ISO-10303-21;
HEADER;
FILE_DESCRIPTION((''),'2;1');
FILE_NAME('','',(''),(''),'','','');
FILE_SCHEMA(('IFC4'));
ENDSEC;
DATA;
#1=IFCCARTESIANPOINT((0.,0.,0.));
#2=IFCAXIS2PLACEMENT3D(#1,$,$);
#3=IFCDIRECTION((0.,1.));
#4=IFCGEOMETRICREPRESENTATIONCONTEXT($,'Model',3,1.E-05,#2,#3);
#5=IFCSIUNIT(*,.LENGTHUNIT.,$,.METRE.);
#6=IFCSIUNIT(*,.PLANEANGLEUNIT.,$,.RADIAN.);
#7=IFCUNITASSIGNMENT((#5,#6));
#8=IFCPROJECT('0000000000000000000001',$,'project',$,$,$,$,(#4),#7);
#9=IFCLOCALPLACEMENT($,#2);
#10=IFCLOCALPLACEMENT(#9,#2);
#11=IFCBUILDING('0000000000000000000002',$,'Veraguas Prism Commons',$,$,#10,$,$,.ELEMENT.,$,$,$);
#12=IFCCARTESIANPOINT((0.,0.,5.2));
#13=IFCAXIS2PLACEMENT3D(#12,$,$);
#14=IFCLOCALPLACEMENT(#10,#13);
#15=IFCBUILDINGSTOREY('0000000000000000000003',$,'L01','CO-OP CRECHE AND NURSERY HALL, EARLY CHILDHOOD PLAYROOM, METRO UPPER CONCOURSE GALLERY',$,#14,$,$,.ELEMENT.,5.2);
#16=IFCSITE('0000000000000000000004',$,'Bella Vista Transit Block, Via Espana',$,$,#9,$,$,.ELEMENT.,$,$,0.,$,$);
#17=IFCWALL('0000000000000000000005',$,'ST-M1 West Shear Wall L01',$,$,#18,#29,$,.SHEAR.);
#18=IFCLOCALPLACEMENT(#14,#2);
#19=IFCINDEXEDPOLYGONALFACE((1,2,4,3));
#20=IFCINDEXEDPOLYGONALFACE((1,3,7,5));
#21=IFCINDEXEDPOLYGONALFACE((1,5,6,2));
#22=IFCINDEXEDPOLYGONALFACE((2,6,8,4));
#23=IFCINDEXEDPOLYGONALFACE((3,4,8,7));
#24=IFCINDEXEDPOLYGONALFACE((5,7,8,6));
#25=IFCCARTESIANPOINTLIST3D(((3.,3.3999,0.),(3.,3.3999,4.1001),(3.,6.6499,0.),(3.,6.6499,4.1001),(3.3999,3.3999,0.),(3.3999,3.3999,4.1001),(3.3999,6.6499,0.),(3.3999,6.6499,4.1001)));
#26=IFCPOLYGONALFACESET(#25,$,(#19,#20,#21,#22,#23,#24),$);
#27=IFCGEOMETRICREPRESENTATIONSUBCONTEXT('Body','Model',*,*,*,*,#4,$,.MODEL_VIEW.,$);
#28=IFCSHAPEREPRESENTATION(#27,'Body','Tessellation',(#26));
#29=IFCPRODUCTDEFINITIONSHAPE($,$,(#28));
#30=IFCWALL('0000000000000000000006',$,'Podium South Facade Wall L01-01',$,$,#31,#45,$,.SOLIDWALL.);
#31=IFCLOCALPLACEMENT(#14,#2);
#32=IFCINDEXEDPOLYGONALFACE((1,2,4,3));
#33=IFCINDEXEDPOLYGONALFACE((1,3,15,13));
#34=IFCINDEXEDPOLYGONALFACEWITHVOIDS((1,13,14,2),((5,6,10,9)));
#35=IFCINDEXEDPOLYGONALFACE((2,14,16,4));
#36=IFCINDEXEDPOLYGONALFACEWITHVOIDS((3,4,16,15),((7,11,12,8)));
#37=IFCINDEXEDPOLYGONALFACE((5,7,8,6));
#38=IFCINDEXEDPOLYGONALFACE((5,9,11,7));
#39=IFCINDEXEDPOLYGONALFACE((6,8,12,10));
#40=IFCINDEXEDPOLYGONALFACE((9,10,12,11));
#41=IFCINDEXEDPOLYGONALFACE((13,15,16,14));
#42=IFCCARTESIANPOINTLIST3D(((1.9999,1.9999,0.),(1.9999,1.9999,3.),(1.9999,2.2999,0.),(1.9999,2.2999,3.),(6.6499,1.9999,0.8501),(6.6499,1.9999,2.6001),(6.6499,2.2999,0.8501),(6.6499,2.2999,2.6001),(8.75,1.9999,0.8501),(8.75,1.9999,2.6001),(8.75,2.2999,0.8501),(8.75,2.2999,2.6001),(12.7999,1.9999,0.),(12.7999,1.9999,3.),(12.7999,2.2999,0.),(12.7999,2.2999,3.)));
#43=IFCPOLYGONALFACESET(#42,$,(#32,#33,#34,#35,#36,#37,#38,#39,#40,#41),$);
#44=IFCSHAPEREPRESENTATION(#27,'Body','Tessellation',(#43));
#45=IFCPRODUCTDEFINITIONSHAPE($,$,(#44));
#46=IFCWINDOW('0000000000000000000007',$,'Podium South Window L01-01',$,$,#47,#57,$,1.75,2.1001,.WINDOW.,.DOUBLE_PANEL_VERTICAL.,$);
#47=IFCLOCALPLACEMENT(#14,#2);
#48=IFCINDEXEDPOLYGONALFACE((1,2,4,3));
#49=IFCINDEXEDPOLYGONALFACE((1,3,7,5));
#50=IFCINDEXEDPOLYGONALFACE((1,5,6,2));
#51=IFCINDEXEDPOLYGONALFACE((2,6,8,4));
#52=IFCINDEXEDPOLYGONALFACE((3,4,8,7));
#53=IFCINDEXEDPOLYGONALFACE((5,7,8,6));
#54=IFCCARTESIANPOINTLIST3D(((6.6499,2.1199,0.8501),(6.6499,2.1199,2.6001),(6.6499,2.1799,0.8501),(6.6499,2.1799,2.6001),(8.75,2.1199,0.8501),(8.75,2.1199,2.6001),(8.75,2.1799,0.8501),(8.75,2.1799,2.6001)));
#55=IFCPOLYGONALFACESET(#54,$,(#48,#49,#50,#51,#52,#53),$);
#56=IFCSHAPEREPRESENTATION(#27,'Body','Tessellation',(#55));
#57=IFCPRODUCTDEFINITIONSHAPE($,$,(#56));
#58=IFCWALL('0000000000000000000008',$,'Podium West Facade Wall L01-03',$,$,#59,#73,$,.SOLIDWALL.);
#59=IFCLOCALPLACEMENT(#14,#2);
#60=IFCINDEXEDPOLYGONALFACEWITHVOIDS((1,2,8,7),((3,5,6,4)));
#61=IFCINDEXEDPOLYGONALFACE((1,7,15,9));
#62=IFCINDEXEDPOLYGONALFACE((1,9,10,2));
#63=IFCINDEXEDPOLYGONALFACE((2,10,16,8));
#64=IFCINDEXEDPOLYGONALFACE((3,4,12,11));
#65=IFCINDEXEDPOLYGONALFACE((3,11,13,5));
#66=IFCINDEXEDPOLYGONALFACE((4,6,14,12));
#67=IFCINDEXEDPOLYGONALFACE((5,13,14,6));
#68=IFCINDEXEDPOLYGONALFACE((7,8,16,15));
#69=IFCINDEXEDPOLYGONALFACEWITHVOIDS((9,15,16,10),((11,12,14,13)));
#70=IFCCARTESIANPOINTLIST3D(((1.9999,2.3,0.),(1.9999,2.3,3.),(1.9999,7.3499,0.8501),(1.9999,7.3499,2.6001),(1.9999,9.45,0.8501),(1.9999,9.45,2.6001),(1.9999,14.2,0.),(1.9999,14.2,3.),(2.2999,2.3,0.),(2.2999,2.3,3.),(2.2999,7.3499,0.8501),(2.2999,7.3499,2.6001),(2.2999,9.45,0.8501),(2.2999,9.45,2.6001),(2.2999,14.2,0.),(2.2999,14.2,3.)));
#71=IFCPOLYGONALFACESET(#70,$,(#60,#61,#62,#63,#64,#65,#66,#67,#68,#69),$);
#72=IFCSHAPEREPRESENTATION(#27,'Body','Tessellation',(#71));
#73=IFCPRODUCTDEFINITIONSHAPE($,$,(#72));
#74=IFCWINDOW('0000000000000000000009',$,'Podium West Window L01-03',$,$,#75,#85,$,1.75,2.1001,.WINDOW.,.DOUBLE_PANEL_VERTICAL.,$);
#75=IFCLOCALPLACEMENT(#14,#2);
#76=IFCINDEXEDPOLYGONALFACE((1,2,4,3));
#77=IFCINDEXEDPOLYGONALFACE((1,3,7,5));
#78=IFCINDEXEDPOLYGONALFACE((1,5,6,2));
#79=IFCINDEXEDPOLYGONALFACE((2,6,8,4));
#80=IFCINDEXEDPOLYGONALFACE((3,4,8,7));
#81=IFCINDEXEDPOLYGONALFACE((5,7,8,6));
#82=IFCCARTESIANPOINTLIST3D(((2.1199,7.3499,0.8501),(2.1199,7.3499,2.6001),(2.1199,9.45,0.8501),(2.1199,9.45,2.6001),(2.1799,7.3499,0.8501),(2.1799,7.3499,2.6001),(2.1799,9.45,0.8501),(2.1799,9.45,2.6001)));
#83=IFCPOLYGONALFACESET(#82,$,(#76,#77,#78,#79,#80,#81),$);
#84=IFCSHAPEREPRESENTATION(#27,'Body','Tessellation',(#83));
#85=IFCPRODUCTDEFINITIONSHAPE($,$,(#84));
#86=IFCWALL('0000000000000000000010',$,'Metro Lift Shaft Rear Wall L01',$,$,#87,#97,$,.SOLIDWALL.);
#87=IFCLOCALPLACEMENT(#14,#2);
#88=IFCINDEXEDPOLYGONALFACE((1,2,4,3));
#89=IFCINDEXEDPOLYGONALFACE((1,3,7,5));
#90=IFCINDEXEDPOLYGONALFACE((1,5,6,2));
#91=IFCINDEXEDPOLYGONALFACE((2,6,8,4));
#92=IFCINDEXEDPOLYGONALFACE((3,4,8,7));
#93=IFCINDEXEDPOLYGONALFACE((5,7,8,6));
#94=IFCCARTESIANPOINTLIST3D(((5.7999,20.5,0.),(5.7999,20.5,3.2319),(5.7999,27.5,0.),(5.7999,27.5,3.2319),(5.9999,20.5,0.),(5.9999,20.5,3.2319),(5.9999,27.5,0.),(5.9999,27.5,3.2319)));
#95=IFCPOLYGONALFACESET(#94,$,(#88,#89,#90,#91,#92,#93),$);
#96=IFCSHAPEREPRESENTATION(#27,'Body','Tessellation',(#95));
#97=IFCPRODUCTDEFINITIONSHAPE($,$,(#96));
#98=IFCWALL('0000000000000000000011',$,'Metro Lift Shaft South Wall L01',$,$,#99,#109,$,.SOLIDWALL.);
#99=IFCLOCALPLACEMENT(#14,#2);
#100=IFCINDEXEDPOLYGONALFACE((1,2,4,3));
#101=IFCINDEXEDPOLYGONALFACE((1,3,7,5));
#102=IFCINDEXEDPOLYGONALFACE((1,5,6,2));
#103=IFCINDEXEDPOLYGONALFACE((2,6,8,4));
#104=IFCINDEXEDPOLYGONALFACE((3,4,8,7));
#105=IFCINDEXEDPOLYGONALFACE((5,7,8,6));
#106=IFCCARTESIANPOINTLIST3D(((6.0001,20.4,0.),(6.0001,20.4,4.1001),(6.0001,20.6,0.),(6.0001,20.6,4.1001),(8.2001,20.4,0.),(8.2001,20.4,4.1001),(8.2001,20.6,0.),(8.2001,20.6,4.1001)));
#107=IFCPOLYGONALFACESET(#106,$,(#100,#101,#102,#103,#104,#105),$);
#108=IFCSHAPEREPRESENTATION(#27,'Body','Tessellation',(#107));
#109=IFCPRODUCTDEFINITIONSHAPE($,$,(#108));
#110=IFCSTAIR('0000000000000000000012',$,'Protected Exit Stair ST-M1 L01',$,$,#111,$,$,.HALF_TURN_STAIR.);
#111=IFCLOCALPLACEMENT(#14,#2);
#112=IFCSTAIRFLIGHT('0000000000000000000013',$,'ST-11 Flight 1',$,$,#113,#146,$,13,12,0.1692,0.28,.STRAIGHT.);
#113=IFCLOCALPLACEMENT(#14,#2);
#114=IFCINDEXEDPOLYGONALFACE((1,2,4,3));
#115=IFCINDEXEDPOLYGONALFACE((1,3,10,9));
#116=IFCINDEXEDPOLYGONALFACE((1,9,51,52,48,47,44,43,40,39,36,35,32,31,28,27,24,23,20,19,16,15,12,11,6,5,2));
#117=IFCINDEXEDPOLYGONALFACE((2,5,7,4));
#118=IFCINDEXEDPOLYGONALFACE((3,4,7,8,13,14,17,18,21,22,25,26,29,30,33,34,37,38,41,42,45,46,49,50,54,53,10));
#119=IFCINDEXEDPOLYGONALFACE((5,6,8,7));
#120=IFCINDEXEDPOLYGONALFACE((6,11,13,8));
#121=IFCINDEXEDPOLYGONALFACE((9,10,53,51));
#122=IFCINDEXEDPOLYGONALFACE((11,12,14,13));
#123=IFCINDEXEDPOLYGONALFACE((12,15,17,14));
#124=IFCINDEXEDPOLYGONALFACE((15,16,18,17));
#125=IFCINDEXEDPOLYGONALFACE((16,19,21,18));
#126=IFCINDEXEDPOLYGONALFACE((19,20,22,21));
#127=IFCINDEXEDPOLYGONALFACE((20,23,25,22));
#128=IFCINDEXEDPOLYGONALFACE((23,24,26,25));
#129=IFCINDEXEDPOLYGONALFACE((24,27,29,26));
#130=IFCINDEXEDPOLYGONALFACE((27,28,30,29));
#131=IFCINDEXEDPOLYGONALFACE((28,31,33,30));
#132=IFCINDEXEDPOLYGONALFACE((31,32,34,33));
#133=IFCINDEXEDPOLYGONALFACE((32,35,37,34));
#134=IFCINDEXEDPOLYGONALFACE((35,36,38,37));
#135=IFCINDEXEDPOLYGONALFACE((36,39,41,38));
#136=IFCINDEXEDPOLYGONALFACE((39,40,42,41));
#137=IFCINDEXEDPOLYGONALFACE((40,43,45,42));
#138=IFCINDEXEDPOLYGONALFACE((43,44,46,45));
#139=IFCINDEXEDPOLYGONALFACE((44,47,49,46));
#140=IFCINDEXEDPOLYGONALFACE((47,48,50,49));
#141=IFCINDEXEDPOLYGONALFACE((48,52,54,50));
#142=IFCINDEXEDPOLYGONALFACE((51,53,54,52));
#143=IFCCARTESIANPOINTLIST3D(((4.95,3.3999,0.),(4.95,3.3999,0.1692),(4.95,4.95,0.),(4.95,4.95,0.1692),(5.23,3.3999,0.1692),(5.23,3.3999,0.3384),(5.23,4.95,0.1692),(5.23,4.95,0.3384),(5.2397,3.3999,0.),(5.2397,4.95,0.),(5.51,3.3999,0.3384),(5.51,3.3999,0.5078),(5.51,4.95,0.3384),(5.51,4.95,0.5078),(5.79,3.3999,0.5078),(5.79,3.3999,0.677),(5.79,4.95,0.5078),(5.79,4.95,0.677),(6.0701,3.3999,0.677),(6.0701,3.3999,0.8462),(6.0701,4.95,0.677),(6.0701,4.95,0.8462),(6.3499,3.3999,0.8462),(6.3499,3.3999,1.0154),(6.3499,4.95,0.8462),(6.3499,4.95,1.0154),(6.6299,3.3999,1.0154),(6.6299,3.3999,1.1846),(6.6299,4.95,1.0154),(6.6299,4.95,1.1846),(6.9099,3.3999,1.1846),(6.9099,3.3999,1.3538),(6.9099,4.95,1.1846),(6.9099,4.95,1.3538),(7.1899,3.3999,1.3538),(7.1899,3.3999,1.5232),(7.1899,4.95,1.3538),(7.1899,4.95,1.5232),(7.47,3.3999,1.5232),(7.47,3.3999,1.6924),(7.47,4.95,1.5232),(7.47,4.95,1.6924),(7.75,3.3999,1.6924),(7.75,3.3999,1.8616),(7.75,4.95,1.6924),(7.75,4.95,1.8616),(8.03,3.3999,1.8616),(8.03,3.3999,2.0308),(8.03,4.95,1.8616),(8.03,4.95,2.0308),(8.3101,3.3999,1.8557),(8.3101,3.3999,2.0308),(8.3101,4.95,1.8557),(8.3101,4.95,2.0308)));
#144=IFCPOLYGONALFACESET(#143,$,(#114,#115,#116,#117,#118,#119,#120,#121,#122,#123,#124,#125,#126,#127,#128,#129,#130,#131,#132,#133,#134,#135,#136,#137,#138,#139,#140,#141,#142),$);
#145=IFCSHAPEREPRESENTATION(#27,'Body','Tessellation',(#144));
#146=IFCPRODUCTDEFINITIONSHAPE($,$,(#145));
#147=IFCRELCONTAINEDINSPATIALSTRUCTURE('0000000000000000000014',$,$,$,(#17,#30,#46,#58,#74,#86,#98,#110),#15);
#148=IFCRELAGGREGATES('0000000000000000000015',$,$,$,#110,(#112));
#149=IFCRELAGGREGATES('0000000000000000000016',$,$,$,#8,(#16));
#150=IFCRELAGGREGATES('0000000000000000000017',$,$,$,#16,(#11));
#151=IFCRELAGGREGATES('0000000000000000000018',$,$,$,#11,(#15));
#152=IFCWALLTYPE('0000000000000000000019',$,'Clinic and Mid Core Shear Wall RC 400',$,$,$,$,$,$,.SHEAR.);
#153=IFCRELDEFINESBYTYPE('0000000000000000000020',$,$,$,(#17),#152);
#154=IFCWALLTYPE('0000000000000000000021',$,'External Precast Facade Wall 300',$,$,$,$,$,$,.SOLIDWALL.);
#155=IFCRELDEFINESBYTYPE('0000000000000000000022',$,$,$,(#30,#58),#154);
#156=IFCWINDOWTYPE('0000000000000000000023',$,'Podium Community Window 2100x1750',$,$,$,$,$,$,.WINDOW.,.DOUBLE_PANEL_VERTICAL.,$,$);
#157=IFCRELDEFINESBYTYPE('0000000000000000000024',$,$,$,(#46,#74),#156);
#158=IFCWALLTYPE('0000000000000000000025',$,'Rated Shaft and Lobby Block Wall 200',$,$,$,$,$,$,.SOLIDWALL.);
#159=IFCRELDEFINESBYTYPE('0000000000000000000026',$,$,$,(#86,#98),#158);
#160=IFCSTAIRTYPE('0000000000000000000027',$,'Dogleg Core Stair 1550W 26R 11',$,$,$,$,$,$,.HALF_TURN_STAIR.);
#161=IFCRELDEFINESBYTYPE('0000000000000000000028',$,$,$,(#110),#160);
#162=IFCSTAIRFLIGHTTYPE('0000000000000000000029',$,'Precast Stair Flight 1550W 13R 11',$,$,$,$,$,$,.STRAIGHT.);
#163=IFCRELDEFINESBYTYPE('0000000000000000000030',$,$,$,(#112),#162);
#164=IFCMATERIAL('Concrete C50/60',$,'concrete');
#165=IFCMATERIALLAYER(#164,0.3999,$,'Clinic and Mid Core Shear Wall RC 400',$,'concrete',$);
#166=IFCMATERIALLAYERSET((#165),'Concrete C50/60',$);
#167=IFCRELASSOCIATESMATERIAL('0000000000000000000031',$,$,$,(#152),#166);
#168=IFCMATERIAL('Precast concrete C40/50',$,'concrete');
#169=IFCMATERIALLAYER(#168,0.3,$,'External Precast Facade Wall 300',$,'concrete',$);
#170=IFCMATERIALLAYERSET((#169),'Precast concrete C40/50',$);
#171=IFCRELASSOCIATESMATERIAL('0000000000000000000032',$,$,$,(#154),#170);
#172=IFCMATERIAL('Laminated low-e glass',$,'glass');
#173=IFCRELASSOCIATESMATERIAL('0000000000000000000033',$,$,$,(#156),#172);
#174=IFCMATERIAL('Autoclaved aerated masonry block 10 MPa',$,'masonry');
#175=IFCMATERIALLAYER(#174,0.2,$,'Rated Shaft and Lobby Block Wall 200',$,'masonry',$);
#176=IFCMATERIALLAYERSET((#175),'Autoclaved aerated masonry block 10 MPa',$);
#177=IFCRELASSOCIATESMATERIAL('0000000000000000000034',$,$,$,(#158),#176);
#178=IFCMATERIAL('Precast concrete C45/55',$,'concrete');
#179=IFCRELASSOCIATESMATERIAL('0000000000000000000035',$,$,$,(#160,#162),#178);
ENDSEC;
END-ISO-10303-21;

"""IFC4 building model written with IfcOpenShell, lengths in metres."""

from ifc_helpers import new_model, si_unit, direction, frame, frame_2d, origin, place, context, subcontext, project, spatial, polyline, rectangle, outline, extrude, source, transform, mapped, material, layer, layer_set, type_object, element, fill, aggregate, save


model = new_model("IFC4")

# Units and contexts
model_context = context("Model", 3, precision=1e-05, world=origin(), true_north=direction((0.0, 1.0)))
body_context = subcontext(model_context, "Body", "Model", "MODEL_VIEW")
ifc_project = project(units=[si_unit("LENGTHUNIT", "METRE"), si_unit("PLANEANGLEUNIT", "RADIAN")], contexts=[model_context])

# Site, building, storey
site_placement = place(None, origin())
site = spatial("IfcSite", under=ifc_project, at=site_placement, Name="Bella Vista Transit Block, Via Espana", CompositionType="ELEMENT", RefElevation=0.0)
building_placement = place(site_placement, origin())
building = spatial("IfcBuilding", under=site, at=building_placement, Name="Veraguas Prism Commons", CompositionType="ELEMENT")
storey_placement = place(building_placement, frame((0.0, 0.0, 5.2)))
storey = spatial("IfcBuildingStorey", under=building, at=storey_placement, Name="L01", Description="CO-OP CRECHE AND NURSERY HALL, EARLY CHILDHOOD PLAYROOM, METRO UPPER CONCOURSE GALLERY", CompositionType="ELEMENT", Elevation=5.2)

# Shared definitions
ifc_material_1 = material(Name="Concrete C50/60", Category="concrete")

# Shared definitions
ifc_material_2 = material(Name="Laminated low-e glass", Category="glass")

# Shared definitions
ifc_layer_1 = layer(ifc_material_1, 0.3999, Name="Clinic and Mid Core Shear Wall RC 400", Category="concrete")
ifc_layer_set_1 = layer_set([ifc_layer_1], Name="Concrete C50/60")
wall_type_1 = type_object("IfcWallType", Name="Clinic and Mid Core Shear Wall RC 400", PredefinedType="SHEAR", material=ifc_layer_set_1)

# Wall
wall_1_placement = place(storey_placement, frame((3.2, 3.3999, 0.0), z_axis=(0.0, 0.0, 1.0), x_axis=(0.0, 1.0, 0.0)))
element("IfcWall", 1, at=wall_1_placement, inside=storey, type_object=wall_type_1, Name="ST-M1 West Shear Wall L01", PredefinedType="SHEAR", context=body_context, shape_type="SweptSolid", body=[
    extrude(rectangle(XDim=3.25, YDim=0.3999, at=frame_2d((1.625, 0.0))), origin(), (0.0, 0.0, 1.0), 4.1001),
])

# Walls, openings, windows
ifc_material_3 = material(Name="Precast concrete C40/50", Category="concrete")
ifc_layer_2 = layer(ifc_material_3, 0.3, Name="External Precast Facade Wall 300", Category="concrete")
ifc_layer_set_2 = layer_set([ifc_layer_2], Name="Precast concrete C40/50")
wall_type_2 = type_object("IfcWallType", Name="External Precast Facade Wall 300", PredefinedType="SOLIDWALL", material=ifc_layer_set_2)
wall_2_placement = place(storey_placement, frame((2.0, 2.1499, 0.0), z_axis=(0.0, 0.0, 1.0), x_axis=(1.0, 0.0, 0.0)))
wall_2 = element("IfcWall", 2, at=wall_2_placement, inside=storey, type_object=wall_type_2, Name="Podium South Facade Wall L01-01", PredefinedType="SOLIDWALL", context=body_context, shape_type="SweptSolid", body=[
    extrude(rectangle(XDim=10.8, YDim=0.3, at=frame_2d((5.3999, 0.0))), origin(), (0.0, 0.0, 1.0), 3.0),
])
opening_1_placement = place(wall_2_placement, frame((4.6499, 0.0, 0.8501)))
opening_1 = element("IfcOpeningElement", 3, at=opening_1_placement, cuts=wall_2, PredefinedType="OPENING", context=body_context, shape_type="SweptSolid", body=[
    extrude(rectangle(XDim=2.1001, YDim=1.75, at=frame_2d((1.05, 0.875))), frame((0.0, 0.1599, 0.0), z_axis=(0.0, -1.0, 0.0), x_axis=(1.0, 0.0, 0.0)), (0.0, 0.0, 1.0), 0.3201),
])
window_type = type_object("IfcWindowType", Name="Podium Community Window 2100x1750", PartitioningType="DOUBLE_PANEL_VERTICAL", PredefinedType="WINDOW", material=ifc_material_2)
shared_shape_1 = source(origin(), body_context, "Body", "SweptSolid", [
    extrude(rectangle(XDim=2.1001, YDim=1.75, at=frame_2d((1.05, 0.875))), frame((0.0, 0.03, 0.0), z_axis=(0.0, -1.0, 0.0), x_axis=(1.0, 0.0, 0.0)), (0.0, 0.0, 1.0), 0.0601),
])
window_1_placement = place(opening_1_placement, origin())
window_1 = element("IfcWindow", 4, at=window_1_placement, inside=storey, type_object=window_type, Name="Podium South Window L01-01", OverallHeight=1.75, OverallWidth=2.1001, PartitioningType="DOUBLE_PANEL_VERTICAL", PredefinedType="WINDOW", context=body_context, shape_type="MappedRepresentation", body=[
    mapped(shared_shape_1, transform((0.0, 0.0, 0.0), scale=1.0)),
])
fill(opening_1, window_1)
wall_3_placement = place(storey_placement, frame((2.1499, 14.2, 0.0), z_axis=(0.0, 0.0, 1.0), x_axis=(0.0, -1.0, 0.0)))
wall_3 = element("IfcWall", 5, at=wall_3_placement, inside=storey, type_object=wall_type_2, Name="Podium West Facade Wall L01-03", PredefinedType="SOLIDWALL", context=body_context, shape_type="SweptSolid", body=[
    extrude(rectangle(XDim=11.8999, YDim=0.3, at=frame_2d((5.95, 0.0))), origin(), (0.0, 0.0, 1.0), 3.0),
])
opening_2_placement = place(wall_3_placement, frame((4.75, 0.0, 0.8501)))
opening_2 = element("IfcOpeningElement", 6, at=opening_2_placement, cuts=wall_3, PredefinedType="OPENING", context=body_context, shape_type="SweptSolid", body=[
    extrude(rectangle(XDim=2.1001, YDim=1.75, at=frame_2d((1.05, 0.875))), frame((0.0, 0.1599, 0.0), z_axis=(0.0, -1.0, 0.0), x_axis=(1.0, 0.0, 0.0)), (0.0, 0.0, 1.0), 0.3201),
])
window_2_placement = place(opening_2_placement, origin())
window_2 = element("IfcWindow", 7, at=window_2_placement, inside=storey, type_object=window_type, Name="Podium West Window L01-03", OverallHeight=1.75, OverallWidth=2.1001, PartitioningType="DOUBLE_PANEL_VERTICAL", PredefinedType="WINDOW", context=body_context, shape_type="MappedRepresentation", body=[
    mapped(shared_shape_1, transform((0.0, 0.0, 0.0), scale=1.0)),
])
fill(opening_2, window_2)

# Walls
ifc_material_4 = material(Name="Autoclaved aerated masonry block 10 MPa", Category="masonry")
ifc_layer_3 = layer(ifc_material_4, 0.2, Name="Rated Shaft and Lobby Block Wall 200", Category="masonry")
ifc_layer_set_3 = layer_set([ifc_layer_3], Name="Autoclaved aerated masonry block 10 MPa")
wall_type_3 = type_object("IfcWallType", Name="Rated Shaft and Lobby Block Wall 200", PredefinedType="SOLIDWALL", material=ifc_layer_set_3)
wall_4_placement = place(storey_placement, frame((5.8999, 20.5, 0.0), z_axis=(0.0, 0.0, 1.0), x_axis=(0.0, 1.0, 0.0)))
element("IfcWall", 8, at=wall_4_placement, inside=storey, type_object=wall_type_3, Name="Metro Lift Shaft Rear Wall L01", PredefinedType="SOLIDWALL", context=body_context, shape_type="SweptSolid", body=[
    extrude(rectangle(XDim=7.0, YDim=0.2, at=frame_2d((3.5, 0.0))), origin(), (0.0, 0.0, 1.0), 3.2319),
])
wall_5_placement = place(storey_placement, frame((6.0, 20.5, 0.0), z_axis=(0.0, 0.0, 1.0), x_axis=(1.0, 0.0, 0.0)))
element("IfcWall", 9, at=wall_5_placement, inside=storey, type_object=wall_type_3, Name="Metro Lift Shaft South Wall L01", PredefinedType="SOLIDWALL", context=body_context, shape_type="SweptSolid", body=[
    extrude(rectangle(XDim=2.2, YDim=0.2, at=frame_2d((1.1001, 0.0))), origin(), (0.0, 0.0, 1.0), 4.1001),
])

# Stair, stair flight
ifc_material_5 = material(Name="Precast concrete C45/55", Category="concrete")
stair_type = type_object("IfcStairType", Name="Dogleg Core Stair 1550W 26R 11", PredefinedType="HALF_TURN_STAIR", material=ifc_material_5)
stair_placement = place(storey_placement, origin())
stair = element("IfcStair", 10, at=stair_placement, inside=storey, type_object=stair_type, Name="Protected Exit Stair ST-M1 L01", PredefinedType="HALF_TURN_STAIR")
stair_flight_type = type_object("IfcStairFlightType", Name="Precast Stair Flight 1550W 13R 11", PredefinedType="STRAIGHT", material=ifc_material_5)
stair_flight_placement = place(storey_placement, frame((4.95, 4.175, 0.0), z_axis=(0.0, 0.0, 1.0), x_axis=(1.0, 0.0, 0.0)))
stair_flight = element("IfcStairFlight", 11, at=stair_flight_placement, type_object=stair_flight_type, Name="ST-11 Flight 1", NumberOfRisers=13, NumberOfTreads=12, PredefinedType="STRAIGHT", RiserHeight=0.1692, TreadLength=0.28, context=body_context, shape_type="SweptSolid", body=[
    extrude(outline(polyline([(0.0, 0.0), (0.0, 0.1692), (0.28, 0.1692), (0.28, 0.3384), (0.5601, 0.3384), (0.5601, 0.5078), (0.8401, 0.5078), (0.8401, 0.677), (1.1201, 0.677), (1.1201, 0.8462), (1.3999, 0.8462), (1.3999, 1.0154), (1.6799, 1.0154), (1.6799, 1.1846), (1.96, 1.1846), (1.96, 1.3538), (2.24, 1.3538), (2.24, 1.5232), (2.52, 1.5232), (2.52, 1.6924), (2.8, 1.6924), (2.8, 1.8616), (3.0801, 1.8616), (3.0801, 2.0308), (3.3601, 2.0308), (3.3601, 2.2), (3.3601, 1.8557), (0.2898, 0.0), (0.0, 0.0)])), frame((0.0, 0.7749, 0.0), z_axis=(0.0, -1.0, 0.0), x_axis=(1.0, 0.0, 0.0)), (0.0, 0.0, 1.0), 1.55),
])
aggregate(stair, [stair_flight])

save(model, "model.ifc")
